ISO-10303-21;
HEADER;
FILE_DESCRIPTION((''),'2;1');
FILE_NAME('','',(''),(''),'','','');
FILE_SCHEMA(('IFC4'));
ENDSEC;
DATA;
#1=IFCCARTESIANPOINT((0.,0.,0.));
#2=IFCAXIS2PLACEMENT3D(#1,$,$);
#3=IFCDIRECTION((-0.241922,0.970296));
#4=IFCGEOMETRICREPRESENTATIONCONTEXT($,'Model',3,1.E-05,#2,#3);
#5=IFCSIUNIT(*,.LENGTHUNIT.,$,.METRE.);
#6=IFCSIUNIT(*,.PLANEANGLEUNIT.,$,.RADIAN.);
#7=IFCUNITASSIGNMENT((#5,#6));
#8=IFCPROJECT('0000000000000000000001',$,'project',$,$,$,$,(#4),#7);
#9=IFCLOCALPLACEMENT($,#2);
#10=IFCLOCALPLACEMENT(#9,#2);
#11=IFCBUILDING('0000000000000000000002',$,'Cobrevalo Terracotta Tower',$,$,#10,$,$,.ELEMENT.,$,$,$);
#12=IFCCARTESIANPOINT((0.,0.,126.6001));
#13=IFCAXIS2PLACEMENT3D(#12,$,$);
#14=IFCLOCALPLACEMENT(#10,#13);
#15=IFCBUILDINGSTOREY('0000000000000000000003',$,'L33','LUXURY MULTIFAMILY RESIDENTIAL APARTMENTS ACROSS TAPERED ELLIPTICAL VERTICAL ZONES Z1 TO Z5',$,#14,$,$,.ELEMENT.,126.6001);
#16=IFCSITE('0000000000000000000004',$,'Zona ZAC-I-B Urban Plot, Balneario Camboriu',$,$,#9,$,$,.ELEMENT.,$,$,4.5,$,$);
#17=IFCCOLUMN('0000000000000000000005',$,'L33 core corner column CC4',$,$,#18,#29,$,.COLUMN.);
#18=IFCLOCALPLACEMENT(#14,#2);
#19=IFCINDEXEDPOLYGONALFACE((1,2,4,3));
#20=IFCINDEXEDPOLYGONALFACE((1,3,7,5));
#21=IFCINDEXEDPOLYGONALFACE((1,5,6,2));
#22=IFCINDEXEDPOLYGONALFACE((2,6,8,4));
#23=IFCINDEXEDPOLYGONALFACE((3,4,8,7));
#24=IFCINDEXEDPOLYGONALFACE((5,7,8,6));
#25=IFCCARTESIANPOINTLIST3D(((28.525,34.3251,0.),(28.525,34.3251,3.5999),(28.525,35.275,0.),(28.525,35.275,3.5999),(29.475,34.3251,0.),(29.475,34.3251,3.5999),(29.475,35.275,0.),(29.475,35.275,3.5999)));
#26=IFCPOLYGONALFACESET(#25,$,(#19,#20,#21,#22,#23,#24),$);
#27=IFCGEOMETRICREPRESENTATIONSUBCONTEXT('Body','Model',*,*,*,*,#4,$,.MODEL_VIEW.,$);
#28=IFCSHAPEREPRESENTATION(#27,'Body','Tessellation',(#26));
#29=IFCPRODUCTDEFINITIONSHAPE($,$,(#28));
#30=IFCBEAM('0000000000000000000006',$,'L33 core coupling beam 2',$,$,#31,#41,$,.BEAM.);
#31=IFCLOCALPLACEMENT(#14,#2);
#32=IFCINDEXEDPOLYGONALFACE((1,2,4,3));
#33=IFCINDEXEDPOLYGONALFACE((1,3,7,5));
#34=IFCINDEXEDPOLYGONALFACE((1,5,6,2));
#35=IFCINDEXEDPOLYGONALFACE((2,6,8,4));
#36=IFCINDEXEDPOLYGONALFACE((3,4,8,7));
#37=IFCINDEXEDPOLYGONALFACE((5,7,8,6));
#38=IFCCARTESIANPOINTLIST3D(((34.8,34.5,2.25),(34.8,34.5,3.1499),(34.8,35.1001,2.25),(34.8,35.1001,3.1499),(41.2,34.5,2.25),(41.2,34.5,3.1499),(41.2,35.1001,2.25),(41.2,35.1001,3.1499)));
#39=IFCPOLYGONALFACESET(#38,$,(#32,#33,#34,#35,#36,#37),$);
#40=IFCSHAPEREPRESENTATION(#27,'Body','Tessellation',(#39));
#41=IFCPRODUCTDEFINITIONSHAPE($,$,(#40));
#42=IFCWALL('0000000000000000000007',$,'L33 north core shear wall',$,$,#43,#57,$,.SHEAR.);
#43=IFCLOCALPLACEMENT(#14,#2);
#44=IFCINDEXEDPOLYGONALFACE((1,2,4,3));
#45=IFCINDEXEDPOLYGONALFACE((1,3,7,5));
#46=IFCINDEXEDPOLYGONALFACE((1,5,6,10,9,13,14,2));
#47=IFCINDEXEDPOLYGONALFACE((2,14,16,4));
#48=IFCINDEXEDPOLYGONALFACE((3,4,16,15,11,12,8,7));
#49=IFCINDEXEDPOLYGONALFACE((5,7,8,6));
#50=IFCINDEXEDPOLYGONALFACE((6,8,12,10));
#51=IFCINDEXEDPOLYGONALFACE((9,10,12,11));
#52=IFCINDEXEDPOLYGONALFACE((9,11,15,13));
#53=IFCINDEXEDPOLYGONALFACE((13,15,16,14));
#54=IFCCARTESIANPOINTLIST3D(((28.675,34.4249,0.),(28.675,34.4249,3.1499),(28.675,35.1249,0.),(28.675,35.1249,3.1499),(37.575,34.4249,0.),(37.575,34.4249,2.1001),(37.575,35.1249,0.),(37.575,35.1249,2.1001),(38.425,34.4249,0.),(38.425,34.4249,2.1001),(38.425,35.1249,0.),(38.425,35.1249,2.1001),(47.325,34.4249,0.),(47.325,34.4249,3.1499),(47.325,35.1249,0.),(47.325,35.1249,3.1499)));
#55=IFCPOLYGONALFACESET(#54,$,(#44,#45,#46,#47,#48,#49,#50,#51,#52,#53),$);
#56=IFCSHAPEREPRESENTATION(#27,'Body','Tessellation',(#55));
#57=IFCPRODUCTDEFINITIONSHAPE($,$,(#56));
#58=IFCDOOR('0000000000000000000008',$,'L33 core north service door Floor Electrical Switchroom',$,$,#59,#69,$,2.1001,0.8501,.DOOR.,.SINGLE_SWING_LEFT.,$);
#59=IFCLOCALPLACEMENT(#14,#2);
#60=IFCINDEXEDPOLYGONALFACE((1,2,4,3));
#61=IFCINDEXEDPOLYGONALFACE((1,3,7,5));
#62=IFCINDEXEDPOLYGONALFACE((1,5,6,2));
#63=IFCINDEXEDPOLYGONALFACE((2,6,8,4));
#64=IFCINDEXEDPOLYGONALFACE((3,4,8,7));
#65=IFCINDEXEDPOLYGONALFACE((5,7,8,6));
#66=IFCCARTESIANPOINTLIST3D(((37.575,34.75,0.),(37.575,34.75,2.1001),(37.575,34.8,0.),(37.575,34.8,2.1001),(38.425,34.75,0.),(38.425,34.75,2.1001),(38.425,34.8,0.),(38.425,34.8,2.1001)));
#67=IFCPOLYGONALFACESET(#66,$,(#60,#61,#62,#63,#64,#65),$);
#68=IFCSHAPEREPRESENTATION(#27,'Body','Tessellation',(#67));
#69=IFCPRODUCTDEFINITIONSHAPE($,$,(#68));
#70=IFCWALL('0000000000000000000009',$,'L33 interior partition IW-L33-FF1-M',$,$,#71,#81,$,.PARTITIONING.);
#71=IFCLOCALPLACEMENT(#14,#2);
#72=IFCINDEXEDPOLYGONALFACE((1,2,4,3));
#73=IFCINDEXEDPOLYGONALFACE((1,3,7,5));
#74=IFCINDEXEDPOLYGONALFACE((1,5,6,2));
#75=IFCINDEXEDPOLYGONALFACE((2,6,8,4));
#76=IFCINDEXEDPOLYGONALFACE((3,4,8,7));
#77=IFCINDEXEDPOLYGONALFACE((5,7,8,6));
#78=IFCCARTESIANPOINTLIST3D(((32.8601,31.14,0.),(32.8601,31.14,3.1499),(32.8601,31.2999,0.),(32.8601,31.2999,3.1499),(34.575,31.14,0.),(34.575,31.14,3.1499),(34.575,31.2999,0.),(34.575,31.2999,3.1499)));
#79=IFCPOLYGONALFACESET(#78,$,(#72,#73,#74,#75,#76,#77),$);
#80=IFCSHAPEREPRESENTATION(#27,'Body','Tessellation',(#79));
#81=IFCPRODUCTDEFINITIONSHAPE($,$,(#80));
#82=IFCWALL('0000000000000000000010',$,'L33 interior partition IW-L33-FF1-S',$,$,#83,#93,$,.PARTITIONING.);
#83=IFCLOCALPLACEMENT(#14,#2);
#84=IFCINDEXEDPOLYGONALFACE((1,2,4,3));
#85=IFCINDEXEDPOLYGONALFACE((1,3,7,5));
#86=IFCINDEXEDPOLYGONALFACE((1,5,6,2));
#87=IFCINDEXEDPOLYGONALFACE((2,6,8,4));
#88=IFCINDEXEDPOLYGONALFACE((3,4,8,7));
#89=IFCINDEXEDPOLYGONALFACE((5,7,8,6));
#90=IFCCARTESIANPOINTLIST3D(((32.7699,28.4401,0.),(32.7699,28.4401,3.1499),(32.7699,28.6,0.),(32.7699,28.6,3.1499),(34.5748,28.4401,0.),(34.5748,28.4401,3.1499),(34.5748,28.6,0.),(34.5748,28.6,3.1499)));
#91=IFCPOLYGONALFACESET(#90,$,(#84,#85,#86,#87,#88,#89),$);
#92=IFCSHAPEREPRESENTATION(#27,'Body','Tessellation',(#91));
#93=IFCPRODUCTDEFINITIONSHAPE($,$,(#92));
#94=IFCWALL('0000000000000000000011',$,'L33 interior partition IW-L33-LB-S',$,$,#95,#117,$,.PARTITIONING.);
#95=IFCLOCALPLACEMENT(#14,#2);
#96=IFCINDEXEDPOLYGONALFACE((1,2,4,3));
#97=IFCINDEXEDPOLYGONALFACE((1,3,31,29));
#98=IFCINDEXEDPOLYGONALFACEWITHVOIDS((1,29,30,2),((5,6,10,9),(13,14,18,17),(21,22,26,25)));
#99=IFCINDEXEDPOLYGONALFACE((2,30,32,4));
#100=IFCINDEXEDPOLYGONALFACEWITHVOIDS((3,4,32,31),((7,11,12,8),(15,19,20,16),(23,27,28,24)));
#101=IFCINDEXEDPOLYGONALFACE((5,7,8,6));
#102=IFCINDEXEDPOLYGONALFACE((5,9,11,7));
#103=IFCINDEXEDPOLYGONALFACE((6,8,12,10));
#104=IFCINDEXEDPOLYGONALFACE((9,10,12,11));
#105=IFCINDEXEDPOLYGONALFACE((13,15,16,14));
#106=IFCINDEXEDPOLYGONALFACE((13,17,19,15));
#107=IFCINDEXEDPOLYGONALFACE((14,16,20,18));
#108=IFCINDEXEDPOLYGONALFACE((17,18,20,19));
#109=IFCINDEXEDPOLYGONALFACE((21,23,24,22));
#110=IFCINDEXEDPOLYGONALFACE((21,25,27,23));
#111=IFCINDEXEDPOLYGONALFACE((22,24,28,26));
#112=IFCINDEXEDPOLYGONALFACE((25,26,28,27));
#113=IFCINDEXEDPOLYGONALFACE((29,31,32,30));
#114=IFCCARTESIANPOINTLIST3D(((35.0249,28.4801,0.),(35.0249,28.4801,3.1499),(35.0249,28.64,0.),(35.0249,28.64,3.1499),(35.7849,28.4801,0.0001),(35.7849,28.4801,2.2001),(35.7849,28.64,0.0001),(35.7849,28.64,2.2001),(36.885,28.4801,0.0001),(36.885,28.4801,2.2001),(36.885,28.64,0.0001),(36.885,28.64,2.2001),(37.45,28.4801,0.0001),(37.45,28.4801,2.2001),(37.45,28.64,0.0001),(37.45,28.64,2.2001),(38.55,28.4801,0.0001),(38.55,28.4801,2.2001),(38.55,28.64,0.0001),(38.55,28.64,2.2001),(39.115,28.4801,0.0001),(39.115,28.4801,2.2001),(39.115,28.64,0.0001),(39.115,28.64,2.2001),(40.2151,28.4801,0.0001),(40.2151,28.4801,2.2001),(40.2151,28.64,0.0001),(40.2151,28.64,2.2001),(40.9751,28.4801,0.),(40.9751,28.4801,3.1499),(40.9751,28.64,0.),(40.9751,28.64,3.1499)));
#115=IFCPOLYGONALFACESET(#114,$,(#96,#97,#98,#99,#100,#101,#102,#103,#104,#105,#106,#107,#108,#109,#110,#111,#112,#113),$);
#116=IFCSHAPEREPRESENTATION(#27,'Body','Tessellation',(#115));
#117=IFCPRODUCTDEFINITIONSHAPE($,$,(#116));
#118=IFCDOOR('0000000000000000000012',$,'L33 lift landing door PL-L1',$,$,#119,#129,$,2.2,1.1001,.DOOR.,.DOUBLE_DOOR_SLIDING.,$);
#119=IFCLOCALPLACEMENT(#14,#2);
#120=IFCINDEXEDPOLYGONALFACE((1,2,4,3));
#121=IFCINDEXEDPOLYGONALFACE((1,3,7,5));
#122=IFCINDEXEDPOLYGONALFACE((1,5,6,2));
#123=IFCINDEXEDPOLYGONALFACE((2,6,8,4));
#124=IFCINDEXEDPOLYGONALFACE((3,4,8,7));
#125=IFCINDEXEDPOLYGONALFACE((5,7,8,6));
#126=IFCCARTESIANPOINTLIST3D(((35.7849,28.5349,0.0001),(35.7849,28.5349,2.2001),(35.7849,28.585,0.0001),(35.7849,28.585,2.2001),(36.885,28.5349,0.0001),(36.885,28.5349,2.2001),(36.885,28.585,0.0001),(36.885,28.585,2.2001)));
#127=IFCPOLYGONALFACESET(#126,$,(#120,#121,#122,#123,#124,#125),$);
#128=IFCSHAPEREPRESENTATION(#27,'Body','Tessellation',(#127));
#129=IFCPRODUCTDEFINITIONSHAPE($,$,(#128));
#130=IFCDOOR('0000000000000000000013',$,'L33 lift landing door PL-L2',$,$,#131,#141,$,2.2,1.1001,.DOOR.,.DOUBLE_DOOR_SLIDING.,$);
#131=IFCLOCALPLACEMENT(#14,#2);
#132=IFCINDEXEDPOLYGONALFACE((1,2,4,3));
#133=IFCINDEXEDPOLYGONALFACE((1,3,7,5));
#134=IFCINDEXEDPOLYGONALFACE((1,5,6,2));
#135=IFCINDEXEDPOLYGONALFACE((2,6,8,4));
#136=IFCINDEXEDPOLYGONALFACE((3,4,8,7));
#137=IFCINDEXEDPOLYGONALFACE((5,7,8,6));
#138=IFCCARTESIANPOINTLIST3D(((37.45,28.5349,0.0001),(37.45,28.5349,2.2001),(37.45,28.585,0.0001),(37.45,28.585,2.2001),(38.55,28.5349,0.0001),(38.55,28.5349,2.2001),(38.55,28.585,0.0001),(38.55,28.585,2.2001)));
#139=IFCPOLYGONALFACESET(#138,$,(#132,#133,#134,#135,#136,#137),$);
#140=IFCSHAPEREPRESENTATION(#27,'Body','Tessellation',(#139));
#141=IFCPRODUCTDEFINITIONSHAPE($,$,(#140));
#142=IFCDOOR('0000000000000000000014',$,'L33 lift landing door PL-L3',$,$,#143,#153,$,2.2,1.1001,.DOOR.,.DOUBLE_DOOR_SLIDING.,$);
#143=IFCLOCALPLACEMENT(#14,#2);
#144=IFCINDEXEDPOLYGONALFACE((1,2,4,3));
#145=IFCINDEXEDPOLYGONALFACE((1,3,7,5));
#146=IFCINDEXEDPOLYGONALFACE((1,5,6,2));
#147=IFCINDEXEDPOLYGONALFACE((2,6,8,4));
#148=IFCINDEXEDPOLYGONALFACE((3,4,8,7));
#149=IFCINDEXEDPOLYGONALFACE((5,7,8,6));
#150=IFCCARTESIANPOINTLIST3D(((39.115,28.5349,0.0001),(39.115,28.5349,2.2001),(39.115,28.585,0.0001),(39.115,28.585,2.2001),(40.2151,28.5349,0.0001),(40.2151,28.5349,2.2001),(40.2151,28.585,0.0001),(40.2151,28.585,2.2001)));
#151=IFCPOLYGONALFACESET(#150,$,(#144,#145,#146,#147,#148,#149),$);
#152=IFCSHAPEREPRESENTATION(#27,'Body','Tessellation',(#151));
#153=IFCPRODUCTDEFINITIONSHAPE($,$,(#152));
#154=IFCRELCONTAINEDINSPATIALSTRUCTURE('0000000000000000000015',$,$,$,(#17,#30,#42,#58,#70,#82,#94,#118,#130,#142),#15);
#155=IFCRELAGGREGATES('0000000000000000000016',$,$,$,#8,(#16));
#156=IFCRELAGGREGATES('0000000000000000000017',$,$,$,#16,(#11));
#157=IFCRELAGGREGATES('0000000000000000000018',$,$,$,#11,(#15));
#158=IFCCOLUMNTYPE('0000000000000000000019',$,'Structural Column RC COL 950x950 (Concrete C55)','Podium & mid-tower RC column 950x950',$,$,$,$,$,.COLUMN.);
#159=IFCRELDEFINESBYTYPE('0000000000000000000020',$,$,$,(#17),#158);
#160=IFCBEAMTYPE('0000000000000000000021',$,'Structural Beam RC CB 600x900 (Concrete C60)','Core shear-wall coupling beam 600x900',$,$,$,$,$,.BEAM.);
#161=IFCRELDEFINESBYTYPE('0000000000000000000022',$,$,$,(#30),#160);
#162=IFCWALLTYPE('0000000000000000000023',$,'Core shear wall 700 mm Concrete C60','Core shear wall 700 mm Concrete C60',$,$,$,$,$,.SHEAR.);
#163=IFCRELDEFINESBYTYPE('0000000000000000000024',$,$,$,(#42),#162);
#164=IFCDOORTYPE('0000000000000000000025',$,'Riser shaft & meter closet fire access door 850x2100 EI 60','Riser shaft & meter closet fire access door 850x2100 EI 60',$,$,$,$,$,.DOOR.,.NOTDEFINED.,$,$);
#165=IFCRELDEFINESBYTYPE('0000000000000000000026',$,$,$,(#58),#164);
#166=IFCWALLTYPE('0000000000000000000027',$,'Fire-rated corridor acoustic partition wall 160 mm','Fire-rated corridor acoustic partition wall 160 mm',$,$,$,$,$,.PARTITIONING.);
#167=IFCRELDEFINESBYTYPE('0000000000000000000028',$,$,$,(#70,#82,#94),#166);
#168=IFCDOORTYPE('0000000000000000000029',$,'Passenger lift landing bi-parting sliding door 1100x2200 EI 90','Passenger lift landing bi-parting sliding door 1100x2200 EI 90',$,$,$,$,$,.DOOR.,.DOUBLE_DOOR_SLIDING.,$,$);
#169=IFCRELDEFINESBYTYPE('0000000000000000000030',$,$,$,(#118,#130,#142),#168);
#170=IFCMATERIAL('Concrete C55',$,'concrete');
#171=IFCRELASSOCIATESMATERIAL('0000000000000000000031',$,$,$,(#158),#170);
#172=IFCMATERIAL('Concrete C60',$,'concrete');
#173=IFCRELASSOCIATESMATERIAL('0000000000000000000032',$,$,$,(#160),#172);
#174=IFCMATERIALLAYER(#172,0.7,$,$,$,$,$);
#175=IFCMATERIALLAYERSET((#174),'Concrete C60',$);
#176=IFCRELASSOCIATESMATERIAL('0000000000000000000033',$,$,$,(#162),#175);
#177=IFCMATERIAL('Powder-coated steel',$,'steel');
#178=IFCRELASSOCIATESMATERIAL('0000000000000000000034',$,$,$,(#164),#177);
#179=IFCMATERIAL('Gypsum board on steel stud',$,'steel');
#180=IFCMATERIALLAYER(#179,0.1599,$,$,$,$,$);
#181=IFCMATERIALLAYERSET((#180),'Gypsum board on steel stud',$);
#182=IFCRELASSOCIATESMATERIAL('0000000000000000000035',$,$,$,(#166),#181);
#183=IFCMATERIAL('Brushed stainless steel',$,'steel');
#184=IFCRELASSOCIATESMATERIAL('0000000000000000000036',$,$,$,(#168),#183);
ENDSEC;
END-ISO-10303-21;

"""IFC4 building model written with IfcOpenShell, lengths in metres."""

from ifc_helpers import new_model, si_unit, direction, frame, frame_2d, origin, origin_2d, place, context, subcontext, project, spatial, rectangle, extrude, source, transform, mapped, material, layer, layer_set, material_profile, profile_set, type_object, element, fill, save


model = new_model("IFC4")

# Units and contexts
model_context = context("Model", 3, precision=1e-05, world=origin(), true_north=direction((-0.241922, 0.970296)))
body_context = subcontext(model_context, "Body", "Model", "MODEL_VIEW")
ifc_project = project(units=[si_unit("LENGTHUNIT", "METRE"), si_unit("PLANEANGLEUNIT", "RADIAN")], contexts=[model_context])

# Site, building, storey
site_placement = place(None, origin())
site = spatial("IfcSite", under=ifc_project, at=site_placement, Name="Zona ZAC-I-B Urban Plot, Balneario Camboriu", CompositionType="ELEMENT", RefElevation=4.5)
building_placement = place(site_placement, origin())
building = spatial("IfcBuilding", under=site, at=building_placement, Name="Cobrevalo Terracotta Tower", CompositionType="ELEMENT")
storey_placement = place(building_placement, frame((0.0, 0.0, 126.6001)))
storey = spatial("IfcBuildingStorey", under=building, at=storey_placement, Name="L33", Description="LUXURY MULTIFAMILY RESIDENTIAL APARTMENTS ACROSS TAPERED ELLIPTICAL VERTICAL ZONES Z1 TO Z5", CompositionType="ELEMENT", Elevation=126.6001)

# Column
ifc_material_1 = material(Name="Concrete C55", Category="concrete")
ifc_material_profile_1 = material_profile(ifc_material_1, rectangle(XDim=0.95, YDim=0.95, at=origin_2d()), Name="RC COL 950x950")
ifc_profile_set_1 = profile_set([ifc_material_profile_1], Name="Concrete C55")
column_type = type_object("IfcColumnType", Name="Structural Column RC COL 950x950 (Concrete C55)", Description="Podium & mid-tower RC column 950x950", PredefinedType="COLUMN", material=ifc_profile_set_1)
column_placement = place(storey_placement, frame((29.0, 34.8, 0.0), z_axis=(0.0, 0.0, 1.0), x_axis=(1.0, 0.0, 0.0)))
element("IfcColumn", 1, at=column_placement, inside=storey, type_object=column_type, Name="L33 core corner column CC4", PredefinedType="COLUMN", context=body_context, shape_type="SweptSolid", body=[
    extrude(rectangle(XDim=0.95, YDim=0.95, at=origin_2d()), origin(), (0.0, 0.0, 1.0), 3.5999),
])

# Beam
ifc_material_2 = material(Name="Concrete C60", Category="concrete")
ifc_material_profile_2 = material_profile(ifc_material_2, rectangle(XDim=0.6001, YDim=0.8999, at=origin_2d()), Name="RC CB 600x900")
ifc_profile_set_2 = profile_set([ifc_material_profile_2], Name="Concrete C60")
beam_type = type_object("IfcBeamType", Name="Structural Beam RC CB 600x900 (Concrete C60)", Description="Core shear-wall coupling beam 600x900", PredefinedType="BEAM", material=ifc_profile_set_2)
beam_placement = place(storey_placement, frame((34.8, 34.8, 2.7), z_axis=(1.0, 0.0, 0.0), x_axis=(0.0, 1.0, 0.0)))
element("IfcBeam", 2, at=beam_placement, inside=storey, type_object=beam_type, Name="L33 core coupling beam 2", PredefinedType="BEAM", context=body_context, shape_type="SweptSolid", body=[
    extrude(rectangle(XDim=0.6001, YDim=0.8999, at=origin_2d()), origin(), (0.0, 0.0, 1.0), 6.3999),
])

# Wall, opening, door
ifc_layer_1 = layer(ifc_material_2, 0.7)
ifc_layer_set_1 = layer_set([ifc_layer_1], Name="Concrete C60")
wall_type_1 = type_object("IfcWallType", Name="Core shear wall 700 mm Concrete C60", Description="Core shear wall 700 mm Concrete C60", PredefinedType="SHEAR", material=ifc_layer_set_1)
wall_1_placement = place(storey_placement, frame((28.675, 34.7749, 0.0), z_axis=(0.0, 0.0, 1.0), x_axis=(1.0, 0.0, 0.0)))
wall_1 = element("IfcWall", 3, at=wall_1_placement, inside=storey, type_object=wall_type_1, Name="L33 north core shear wall", PredefinedType="SHEAR", context=body_context, shape_type="SweptSolid", body=[
    extrude(rectangle(XDim=18.6499, YDim=0.7, at=frame_2d((9.325, 0.0))), origin(), (0.0, 0.0, 1.0), 3.1499),
])
opening_1_placement = place(wall_1_placement, frame((8.8999, 0.0, 0.0)))
opening_1 = element("IfcOpeningElement", 4, at=opening_1_placement, cuts=wall_1, PredefinedType="OPENING", context=body_context, shape_type="SweptSolid", body=[
    extrude(rectangle(XDim=0.8501, YDim=2.1001, at=frame_2d((0.425, 1.05))), frame((0.0, 0.3599, 0.0), z_axis=(0.0, -1.0, 0.0), x_axis=(1.0, 0.0, 0.0)), (0.0, 0.0, 1.0), 0.72),
])
ifc_material_3 = material(Name="Powder-coated steel", Category="steel")
door_type_1 = type_object("IfcDoorType", Name="Riser shaft & meter closet fire access door 850x2100 EI 60", Description="Riser shaft & meter closet fire access door 850x2100 EI 60", OperationType="NOTDEFINED", PredefinedType="DOOR", material=ifc_material_3)
shared_shape_1 = source(origin(), body_context, "Body", "SweptSolid", [
    extrude(rectangle(XDim=0.8501, YDim=2.1001, at=frame_2d((0.425, 1.05))), frame((0.0, 0.0249, 0.0), z_axis=(0.0, -1.0, 0.0), x_axis=(1.0, 0.0, 0.0)), (0.0, 0.0, 1.0), 0.05),
])
door_1_placement = place(opening_1_placement, frame((0.8501, 0.0, 0.0), z_axis=(0.0, 0.0, 1.0), x_axis=(-1.0, 0.0, 0.0)))
door_1 = element("IfcDoor", 5, at=door_1_placement, inside=storey, type_object=door_type_1, Name="L33 core north service door Floor Electrical Switchroom", OperationType="SINGLE_SWING_LEFT", OverallHeight=2.1001, OverallWidth=0.8501, PredefinedType="DOOR", context=body_context, shape_type="MappedRepresentation", body=[
    mapped(shared_shape_1, transform((0.0, 0.0, 0.0), scale=1.0)),
])
fill(opening_1, door_1)

# Walls
ifc_material_4 = material(Name="Gypsum board on steel stud", Category="steel")
ifc_layer_2 = layer(ifc_material_4, 0.1599)
ifc_layer_set_2 = layer_set([ifc_layer_2], Name="Gypsum board on steel stud")
wall_type_2 = type_object("IfcWallType", Name="Fire-rated corridor acoustic partition wall 160 mm", Description="Fire-rated corridor acoustic partition wall 160 mm", PredefinedType="PARTITIONING", material=ifc_layer_set_2)
wall_2_placement = place(storey_placement, frame((32.8601, 31.22, 0.0), z_axis=(0.0, 0.0, 1.0), x_axis=(1.0, 0.0, 0.0)))
element("IfcWall", 6, at=wall_2_placement, inside=storey, type_object=wall_type_2, Name="L33 interior partition IW-L33-FF1-M", PredefinedType="PARTITIONING", context=body_context, shape_type="SweptSolid", body=[
    extrude(rectangle(XDim=1.7148, YDim=0.1599, at=frame_2d((0.8574, 0.0))), origin(), (0.0, 0.0, 1.0), 3.1499),
])
wall_3_placement = place(storey_placement, frame((32.77, 28.52, 0.0), z_axis=(0.0, 0.0, 1.0), x_axis=(1.0, 0.0, 0.0)))
element("IfcWall", 7, at=wall_3_placement, inside=storey, type_object=wall_type_2, Name="L33 interior partition IW-L33-FF1-S", PredefinedType="PARTITIONING", context=body_context, shape_type="SweptSolid", body=[
    extrude(rectangle(XDim=1.8049, YDim=0.1599, at=frame_2d((0.9023, 0.0))), origin(), (0.0, 0.0, 1.0), 3.1499),
])

# Wall, openings, doors
wall_4_placement = place(storey_placement, frame((35.0249, 28.5601, 0.0), z_axis=(0.0, 0.0, 1.0), x_axis=(1.0, 0.0, 0.0)))
wall_4 = element("IfcWall", 8, at=wall_4_placement, inside=storey, type_object=wall_type_2, Name="L33 interior partition IW-L33-LB-S", PredefinedType="PARTITIONING", context=body_context, shape_type="SweptSolid", body=[
    extrude(rectangle(XDim=5.9502, YDim=0.1599, at=frame_2d((2.9751, 0.0))), origin(), (0.0, 0.0, 1.0), 3.1499),
])
opening_2_placement = place(wall_4_placement, frame((0.76, 0.0, 0.0)))
opening_2 = element("IfcOpeningElement", 9, at=opening_2_placement, cuts=wall_4, PredefinedType="OPENING", context=body_context, shape_type="SweptSolid", body=[
    extrude(rectangle(XDim=1.1001, YDim=2.2, at=frame_2d((0.55, 1.1001))), frame((0.0, 0.0898, 0.0), z_axis=(0.0, -1.0, 0.0), x_axis=(1.0, 0.0, 0.0)), (0.0, 0.0, 1.0), 0.1799),
])
opening_3_placement = place(wall_4_placement, frame((2.425, 0.0, 0.0)))
opening_3 = element("IfcOpeningElement", 10, at=opening_3_placement, cuts=wall_4, PredefinedType="OPENING", context=body_context, shape_type="SweptSolid", body=[
    extrude(rectangle(XDim=1.1001, YDim=2.2, at=frame_2d((0.55, 1.1001))), frame((0.0, 0.0898, 0.0), z_axis=(0.0, -1.0, 0.0), x_axis=(1.0, 0.0, 0.0)), (0.0, 0.0, 1.0), 0.1799),
])
opening_4_placement = place(wall_4_placement, frame((4.0901, 0.0, 0.0)))
opening_4 = element("IfcOpeningElement", 11, at=opening_4_placement, cuts=wall_4, PredefinedType="OPENING", context=body_context, shape_type="SweptSolid", body=[
    extrude(rectangle(XDim=1.1001, YDim=2.2, at=frame_2d((0.55, 1.1001))), frame((0.0, 0.0898, 0.0), z_axis=(0.0, -1.0, 0.0), x_axis=(1.0, 0.0, 0.0)), (0.0, 0.0, 1.0), 0.1799),
])
ifc_material_5 = material(Name="Brushed stainless steel", Category="steel")
door_type_2 = type_object("IfcDoorType", Name="Passenger lift landing bi-parting sliding door 1100x2200 EI 90", Description="Passenger lift landing bi-parting sliding door 1100x2200 EI 90", OperationType="DOUBLE_DOOR_SLIDING", PredefinedType="DOOR", material=ifc_material_5)
shared_shape_2 = source(origin(), body_context, "Body", "SweptSolid", [
    extrude(rectangle(XDim=1.1001, YDim=2.2, at=frame_2d((0.55, 1.1001))), frame((0.0, 0.0249, 0.0), z_axis=(0.0, -1.0, 0.0), x_axis=(1.0, 0.0, 0.0)), (0.0, 0.0, 1.0), 0.05),
])
door_2_placement = place(opening_2_placement, origin())
door_2 = element("IfcDoor", 12, at=door_2_placement, inside=storey, type_object=door_type_2, Name="L33 lift landing door PL-L1", OperationType="DOUBLE_DOOR_SLIDING", OverallHeight=2.2, OverallWidth=1.1001, PredefinedType="DOOR", context=body_context, shape_type="MappedRepresentation", body=[
    mapped(shared_shape_2, transform((0.0, 0.0, 0.0), scale=1.0)),
])
fill(opening_2, door_2)
door_3_placement = place(opening_3_placement, origin())
door_3 = element("IfcDoor", 13, at=door_3_placement, inside=storey, type_object=door_type_2, Name="L33 lift landing door PL-L2", OperationType="DOUBLE_DOOR_SLIDING", OverallHeight=2.2, OverallWidth=1.1001, PredefinedType="DOOR", context=body_context, shape_type="MappedRepresentation", body=[
    mapped(shared_shape_2, transform((0.0, 0.0, 0.0), scale=1.0)),
])
fill(opening_3, door_3)
door_4_placement = place(opening_4_placement, origin())
door_4 = element("IfcDoor", 14, at=door_4_placement, inside=storey, type_object=door_type_2, Name="L33 lift landing door PL-L3", OperationType="DOUBLE_DOOR_SLIDING", OverallHeight=2.2, OverallWidth=1.1001, PredefinedType="DOOR", context=body_context, shape_type="MappedRepresentation", body=[
    mapped(shared_shape_2, transform((0.0, 0.0, 0.0), scale=1.0)),
])
fill(opening_4, door_4)

save(model, "model.ifc")
